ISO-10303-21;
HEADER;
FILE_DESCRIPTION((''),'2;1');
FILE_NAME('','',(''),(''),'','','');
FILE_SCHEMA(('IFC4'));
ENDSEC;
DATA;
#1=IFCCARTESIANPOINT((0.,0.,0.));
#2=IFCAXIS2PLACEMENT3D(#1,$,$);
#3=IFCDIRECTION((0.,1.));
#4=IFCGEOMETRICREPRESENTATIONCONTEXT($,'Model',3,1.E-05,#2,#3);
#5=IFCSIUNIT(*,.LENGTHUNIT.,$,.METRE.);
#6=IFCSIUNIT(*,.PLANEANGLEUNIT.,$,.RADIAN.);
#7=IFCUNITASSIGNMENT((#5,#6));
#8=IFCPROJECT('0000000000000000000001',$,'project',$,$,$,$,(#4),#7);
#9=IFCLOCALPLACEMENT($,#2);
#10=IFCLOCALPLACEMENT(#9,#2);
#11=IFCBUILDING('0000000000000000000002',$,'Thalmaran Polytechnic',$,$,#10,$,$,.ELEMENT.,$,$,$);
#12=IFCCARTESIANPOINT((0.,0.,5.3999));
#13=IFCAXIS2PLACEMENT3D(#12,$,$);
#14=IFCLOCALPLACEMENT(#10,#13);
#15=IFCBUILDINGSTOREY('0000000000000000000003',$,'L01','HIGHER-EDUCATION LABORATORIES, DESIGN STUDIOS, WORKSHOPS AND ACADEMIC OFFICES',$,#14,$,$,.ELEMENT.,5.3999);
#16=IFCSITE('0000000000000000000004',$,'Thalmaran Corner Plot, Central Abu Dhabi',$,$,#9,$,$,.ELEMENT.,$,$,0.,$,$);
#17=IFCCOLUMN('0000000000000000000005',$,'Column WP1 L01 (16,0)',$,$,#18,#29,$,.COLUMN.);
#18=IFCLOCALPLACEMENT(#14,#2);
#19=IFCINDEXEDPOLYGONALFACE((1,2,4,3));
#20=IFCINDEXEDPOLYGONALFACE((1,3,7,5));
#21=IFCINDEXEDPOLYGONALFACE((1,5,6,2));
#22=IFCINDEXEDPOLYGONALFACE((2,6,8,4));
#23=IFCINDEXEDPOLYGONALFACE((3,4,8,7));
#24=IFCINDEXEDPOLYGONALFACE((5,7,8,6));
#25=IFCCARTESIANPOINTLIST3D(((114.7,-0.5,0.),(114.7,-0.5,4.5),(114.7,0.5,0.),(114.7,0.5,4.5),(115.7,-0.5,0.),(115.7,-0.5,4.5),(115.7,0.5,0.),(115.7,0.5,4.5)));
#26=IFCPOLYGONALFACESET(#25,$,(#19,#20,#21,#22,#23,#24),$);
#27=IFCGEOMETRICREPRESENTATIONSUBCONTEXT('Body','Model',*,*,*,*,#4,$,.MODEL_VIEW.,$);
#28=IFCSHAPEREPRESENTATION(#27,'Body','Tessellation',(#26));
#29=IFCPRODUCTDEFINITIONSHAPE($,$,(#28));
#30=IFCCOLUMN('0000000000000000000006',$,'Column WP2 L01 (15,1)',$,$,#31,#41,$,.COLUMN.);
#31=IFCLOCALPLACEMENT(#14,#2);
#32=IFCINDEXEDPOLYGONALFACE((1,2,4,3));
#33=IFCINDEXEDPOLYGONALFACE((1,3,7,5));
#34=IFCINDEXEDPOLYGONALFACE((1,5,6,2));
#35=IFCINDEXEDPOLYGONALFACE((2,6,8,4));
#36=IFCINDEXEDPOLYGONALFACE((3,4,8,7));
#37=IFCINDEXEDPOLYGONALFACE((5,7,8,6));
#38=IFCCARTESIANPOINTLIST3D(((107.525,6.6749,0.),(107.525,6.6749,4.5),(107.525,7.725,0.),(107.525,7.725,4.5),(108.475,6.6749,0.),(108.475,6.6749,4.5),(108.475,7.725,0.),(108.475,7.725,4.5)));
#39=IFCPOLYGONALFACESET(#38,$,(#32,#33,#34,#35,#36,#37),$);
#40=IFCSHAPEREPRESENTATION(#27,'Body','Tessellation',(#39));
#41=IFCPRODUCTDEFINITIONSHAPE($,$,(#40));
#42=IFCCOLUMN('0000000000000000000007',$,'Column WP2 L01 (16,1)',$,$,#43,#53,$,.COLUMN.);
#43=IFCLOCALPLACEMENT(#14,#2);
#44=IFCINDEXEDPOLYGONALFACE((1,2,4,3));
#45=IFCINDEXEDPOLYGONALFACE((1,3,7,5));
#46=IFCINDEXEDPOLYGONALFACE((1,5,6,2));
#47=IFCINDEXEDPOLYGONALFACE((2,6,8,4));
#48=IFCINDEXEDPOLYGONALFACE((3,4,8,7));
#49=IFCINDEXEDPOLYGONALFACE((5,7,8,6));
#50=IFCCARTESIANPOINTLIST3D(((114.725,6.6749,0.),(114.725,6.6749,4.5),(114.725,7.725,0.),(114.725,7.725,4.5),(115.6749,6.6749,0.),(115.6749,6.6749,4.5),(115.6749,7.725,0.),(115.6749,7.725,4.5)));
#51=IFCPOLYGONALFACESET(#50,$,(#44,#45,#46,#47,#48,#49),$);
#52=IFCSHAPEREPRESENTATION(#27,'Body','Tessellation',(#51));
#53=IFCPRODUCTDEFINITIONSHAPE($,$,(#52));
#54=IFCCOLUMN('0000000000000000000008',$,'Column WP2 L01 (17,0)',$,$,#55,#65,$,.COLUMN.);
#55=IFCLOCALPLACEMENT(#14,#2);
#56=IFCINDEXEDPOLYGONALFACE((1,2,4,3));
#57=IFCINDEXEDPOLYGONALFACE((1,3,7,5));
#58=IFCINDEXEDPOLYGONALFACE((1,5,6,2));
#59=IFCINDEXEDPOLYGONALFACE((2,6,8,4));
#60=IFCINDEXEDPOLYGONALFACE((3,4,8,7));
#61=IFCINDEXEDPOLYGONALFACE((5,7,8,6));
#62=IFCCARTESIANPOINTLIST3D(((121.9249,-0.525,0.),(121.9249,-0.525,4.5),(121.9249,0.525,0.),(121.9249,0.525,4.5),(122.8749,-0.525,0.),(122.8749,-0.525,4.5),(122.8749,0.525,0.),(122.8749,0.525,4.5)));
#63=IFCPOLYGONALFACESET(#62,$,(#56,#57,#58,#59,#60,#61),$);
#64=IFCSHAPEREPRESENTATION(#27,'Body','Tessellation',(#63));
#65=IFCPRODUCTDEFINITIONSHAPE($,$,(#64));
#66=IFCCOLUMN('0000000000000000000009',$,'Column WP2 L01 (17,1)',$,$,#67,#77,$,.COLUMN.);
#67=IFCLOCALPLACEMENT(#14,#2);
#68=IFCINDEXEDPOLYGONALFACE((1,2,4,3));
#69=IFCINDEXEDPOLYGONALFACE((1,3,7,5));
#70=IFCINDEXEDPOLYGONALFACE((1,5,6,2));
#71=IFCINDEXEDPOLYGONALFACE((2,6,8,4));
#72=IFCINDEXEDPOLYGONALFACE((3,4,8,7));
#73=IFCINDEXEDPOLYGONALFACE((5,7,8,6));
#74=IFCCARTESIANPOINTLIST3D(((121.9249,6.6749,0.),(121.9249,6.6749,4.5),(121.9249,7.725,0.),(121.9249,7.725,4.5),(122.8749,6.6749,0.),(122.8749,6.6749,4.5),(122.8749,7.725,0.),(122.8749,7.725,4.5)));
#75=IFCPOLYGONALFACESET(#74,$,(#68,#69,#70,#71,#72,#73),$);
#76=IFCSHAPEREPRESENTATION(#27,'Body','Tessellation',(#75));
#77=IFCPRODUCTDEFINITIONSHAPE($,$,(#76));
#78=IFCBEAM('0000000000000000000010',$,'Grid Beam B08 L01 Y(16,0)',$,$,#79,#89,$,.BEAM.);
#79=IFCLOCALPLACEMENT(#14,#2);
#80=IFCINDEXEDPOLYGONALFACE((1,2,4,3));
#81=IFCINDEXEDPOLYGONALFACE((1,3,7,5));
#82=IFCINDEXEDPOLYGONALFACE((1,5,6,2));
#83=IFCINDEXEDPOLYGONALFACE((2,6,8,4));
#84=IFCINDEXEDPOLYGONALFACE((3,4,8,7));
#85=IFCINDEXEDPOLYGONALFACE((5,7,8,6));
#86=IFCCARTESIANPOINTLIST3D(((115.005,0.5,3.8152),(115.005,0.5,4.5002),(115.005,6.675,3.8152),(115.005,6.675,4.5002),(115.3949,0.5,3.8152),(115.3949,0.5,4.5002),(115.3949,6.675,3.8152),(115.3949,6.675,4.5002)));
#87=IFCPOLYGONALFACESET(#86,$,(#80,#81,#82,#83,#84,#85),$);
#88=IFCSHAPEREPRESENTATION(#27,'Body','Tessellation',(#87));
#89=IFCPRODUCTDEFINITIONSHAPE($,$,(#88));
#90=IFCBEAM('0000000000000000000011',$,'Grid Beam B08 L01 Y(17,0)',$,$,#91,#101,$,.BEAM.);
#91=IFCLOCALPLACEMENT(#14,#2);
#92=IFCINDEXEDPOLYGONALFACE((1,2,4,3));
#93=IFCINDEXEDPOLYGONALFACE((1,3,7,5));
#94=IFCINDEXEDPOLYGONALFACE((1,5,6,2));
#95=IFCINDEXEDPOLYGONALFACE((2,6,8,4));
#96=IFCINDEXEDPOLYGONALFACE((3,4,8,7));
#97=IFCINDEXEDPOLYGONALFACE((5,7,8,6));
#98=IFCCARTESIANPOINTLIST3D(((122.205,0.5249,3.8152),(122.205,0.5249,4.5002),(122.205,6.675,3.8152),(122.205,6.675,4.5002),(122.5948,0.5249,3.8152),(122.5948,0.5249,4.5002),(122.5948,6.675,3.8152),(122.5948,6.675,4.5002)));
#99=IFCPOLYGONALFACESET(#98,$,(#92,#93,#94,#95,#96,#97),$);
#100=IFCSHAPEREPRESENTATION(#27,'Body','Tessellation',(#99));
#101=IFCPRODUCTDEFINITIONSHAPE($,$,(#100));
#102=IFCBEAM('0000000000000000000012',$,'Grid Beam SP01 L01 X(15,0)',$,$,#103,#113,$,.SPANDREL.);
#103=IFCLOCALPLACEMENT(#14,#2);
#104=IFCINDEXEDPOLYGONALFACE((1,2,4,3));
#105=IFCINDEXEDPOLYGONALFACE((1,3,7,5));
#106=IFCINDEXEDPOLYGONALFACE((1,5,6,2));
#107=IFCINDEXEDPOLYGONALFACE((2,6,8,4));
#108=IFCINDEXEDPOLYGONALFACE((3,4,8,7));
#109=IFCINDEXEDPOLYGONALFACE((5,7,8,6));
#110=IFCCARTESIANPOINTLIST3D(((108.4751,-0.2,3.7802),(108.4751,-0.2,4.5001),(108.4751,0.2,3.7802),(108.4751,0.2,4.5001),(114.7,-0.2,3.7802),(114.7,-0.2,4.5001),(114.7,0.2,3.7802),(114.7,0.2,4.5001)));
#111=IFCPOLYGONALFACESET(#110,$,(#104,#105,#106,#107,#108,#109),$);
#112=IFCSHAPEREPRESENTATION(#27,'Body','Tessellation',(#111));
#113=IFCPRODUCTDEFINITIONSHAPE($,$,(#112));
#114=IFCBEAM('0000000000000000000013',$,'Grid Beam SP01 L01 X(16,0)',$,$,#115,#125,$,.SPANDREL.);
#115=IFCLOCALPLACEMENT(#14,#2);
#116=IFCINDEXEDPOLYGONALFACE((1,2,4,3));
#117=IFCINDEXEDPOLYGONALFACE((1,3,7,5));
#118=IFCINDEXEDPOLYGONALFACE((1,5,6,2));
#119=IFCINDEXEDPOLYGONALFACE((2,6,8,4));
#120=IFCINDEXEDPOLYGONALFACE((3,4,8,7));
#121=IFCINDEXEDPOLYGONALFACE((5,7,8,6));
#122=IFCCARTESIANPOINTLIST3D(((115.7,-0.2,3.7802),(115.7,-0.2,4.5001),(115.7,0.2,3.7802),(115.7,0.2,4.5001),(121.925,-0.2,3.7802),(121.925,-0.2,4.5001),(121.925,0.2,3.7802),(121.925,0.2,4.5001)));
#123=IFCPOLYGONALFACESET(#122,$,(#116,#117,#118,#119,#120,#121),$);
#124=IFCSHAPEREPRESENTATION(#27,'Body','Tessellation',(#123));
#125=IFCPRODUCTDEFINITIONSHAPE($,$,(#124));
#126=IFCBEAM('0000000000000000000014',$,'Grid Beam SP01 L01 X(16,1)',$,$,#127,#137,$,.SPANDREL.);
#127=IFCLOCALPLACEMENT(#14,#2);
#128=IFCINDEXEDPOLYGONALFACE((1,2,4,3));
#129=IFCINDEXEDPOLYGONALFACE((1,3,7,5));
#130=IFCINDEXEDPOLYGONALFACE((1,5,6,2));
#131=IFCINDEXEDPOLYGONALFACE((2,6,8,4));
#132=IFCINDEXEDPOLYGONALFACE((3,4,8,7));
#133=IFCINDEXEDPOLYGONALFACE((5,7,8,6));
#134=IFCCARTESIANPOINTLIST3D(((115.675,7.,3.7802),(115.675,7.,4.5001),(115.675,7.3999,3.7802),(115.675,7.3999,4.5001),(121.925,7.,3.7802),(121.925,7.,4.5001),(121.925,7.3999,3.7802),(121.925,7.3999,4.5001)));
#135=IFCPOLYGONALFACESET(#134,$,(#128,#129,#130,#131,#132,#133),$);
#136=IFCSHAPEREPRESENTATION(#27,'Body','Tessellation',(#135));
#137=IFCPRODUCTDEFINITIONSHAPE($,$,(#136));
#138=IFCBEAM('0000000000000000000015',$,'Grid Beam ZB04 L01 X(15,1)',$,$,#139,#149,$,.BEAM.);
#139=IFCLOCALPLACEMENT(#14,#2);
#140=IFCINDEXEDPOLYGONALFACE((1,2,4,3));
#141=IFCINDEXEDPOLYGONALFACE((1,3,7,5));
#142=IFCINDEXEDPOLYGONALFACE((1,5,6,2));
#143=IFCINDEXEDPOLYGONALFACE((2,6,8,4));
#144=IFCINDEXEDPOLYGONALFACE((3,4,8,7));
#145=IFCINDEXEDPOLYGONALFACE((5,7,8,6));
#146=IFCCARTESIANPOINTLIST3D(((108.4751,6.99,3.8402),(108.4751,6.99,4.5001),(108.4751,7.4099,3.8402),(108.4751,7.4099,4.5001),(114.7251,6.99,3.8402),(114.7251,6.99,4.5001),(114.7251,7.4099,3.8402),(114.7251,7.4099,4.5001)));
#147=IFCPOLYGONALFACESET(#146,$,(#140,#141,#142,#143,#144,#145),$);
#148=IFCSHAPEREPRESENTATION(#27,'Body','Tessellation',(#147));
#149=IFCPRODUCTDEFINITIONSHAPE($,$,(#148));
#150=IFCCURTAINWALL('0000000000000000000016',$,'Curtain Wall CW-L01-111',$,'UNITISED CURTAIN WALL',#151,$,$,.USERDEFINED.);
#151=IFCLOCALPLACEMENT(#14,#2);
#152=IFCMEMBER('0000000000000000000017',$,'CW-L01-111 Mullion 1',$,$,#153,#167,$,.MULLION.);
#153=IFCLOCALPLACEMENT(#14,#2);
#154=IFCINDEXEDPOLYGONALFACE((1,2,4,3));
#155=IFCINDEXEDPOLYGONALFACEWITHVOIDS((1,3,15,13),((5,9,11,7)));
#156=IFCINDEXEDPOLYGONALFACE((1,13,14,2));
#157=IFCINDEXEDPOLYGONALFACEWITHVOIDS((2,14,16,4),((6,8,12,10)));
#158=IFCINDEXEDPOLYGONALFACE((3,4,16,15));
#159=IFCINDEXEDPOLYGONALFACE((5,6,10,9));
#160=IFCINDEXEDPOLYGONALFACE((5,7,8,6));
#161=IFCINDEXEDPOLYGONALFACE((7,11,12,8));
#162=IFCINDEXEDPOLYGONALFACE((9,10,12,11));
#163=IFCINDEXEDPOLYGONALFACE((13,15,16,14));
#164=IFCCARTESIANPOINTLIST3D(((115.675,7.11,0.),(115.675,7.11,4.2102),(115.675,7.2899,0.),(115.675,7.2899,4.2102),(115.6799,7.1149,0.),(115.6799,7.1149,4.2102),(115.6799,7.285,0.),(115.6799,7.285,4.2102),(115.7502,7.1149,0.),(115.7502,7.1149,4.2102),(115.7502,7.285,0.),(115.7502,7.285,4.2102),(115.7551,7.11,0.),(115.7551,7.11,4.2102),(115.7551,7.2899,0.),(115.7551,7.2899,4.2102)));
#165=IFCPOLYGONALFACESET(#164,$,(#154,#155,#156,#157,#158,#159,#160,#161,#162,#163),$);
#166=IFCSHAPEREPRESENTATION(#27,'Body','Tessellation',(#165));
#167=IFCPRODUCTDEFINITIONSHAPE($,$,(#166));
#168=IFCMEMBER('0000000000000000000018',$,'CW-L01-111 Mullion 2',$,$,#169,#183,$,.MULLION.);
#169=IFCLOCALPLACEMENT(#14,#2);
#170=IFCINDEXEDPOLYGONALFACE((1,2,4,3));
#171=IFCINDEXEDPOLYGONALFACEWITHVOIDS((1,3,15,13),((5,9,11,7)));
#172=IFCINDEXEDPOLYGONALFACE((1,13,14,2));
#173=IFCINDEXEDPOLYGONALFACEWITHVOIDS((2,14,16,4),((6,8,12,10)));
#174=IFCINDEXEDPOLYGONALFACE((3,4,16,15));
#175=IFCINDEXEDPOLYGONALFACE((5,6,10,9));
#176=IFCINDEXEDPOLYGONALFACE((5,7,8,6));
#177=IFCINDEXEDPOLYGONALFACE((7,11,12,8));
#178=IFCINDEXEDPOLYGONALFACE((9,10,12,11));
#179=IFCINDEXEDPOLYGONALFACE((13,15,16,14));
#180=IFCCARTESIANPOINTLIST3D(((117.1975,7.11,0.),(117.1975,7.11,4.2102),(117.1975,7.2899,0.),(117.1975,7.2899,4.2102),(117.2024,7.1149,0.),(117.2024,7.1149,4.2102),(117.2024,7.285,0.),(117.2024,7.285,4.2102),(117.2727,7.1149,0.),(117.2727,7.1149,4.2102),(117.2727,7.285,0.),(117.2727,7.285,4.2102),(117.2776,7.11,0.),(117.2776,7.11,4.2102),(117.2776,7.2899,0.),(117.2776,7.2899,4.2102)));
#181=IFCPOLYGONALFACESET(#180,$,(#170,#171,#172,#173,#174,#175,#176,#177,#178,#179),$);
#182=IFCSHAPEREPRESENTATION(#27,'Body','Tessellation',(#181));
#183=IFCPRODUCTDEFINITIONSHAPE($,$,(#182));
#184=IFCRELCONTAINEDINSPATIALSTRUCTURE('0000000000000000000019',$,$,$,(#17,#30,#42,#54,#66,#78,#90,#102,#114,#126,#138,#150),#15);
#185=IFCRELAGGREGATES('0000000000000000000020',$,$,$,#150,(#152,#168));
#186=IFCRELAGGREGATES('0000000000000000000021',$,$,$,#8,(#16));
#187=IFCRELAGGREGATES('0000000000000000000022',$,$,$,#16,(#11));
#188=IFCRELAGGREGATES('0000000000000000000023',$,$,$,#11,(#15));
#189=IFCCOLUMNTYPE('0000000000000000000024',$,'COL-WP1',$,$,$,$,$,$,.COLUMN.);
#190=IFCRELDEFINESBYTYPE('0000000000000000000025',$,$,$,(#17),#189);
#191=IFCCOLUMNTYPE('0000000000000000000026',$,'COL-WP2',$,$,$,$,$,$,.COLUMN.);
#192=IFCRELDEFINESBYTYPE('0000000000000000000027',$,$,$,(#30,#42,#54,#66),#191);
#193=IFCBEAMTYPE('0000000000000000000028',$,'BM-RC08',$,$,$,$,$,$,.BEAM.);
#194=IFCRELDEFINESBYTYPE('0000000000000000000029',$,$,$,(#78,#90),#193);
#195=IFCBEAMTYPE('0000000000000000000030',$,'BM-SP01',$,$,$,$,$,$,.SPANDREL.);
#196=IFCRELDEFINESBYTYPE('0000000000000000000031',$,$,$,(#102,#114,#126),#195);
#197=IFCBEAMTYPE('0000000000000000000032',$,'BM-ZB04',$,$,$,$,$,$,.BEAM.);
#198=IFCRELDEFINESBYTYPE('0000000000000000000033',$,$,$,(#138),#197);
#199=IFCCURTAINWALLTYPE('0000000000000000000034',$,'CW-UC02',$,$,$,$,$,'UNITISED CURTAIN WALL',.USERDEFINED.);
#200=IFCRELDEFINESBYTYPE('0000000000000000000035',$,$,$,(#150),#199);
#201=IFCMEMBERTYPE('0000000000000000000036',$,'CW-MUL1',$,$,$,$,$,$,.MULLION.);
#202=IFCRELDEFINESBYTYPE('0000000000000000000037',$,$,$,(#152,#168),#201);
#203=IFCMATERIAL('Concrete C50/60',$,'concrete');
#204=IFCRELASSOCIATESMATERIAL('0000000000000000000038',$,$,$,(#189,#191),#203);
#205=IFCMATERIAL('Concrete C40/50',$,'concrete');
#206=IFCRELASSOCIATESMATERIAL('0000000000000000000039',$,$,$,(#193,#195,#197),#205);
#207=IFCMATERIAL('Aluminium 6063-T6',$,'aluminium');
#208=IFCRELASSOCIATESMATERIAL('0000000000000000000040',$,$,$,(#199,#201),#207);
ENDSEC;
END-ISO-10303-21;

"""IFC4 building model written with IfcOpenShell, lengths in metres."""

from ifc_helpers import new_model, si_unit, direction, frame, origin, origin_2d, place, context, subcontext, project, spatial, rectangle, hollow_rectangle, extrude, material, material_profile, profile_set, type_object, element, aggregate, save


model = new_model("IFC4")

# Units and contexts
model_context = context("Model", 3, precision=1e-05, world=origin(), true_north=direction((0.0, 1.0)))
body_context = subcontext(model_context, "Body", "Model", "MODEL_VIEW")
ifc_project = project(units=[si_unit("LENGTHUNIT", "METRE"), si_unit("PLANEANGLEUNIT", "RADIAN")], contexts=[model_context])

# Site, building, storey
site_placement = place(None, origin())
site = spatial("IfcSite", under=ifc_project, at=site_placement, Name="Thalmaran Corner Plot, Central Abu Dhabi", CompositionType="ELEMENT", RefElevation=0.0)
building_placement = place(site_placement, origin())
building = spatial("IfcBuilding", under=site, at=building_placement, Name="Thalmaran Polytechnic", CompositionType="ELEMENT")
storey_placement = place(building_placement, frame((0.0, 0.0, 5.3999)))
storey = spatial("IfcBuildingStorey", under=building, at=storey_placement, Name="L01", Description="HIGHER-EDUCATION LABORATORIES, DESIGN STUDIOS, WORKSHOPS AND ACADEMIC OFFICES", CompositionType="ELEMENT", Elevation=5.3999)

# Columns
ifc_material_1 = material(Name="Concrete C50/60", Category="concrete")
ifc_material_profile_1 = material_profile(ifc_material_1, rectangle(XDim=1.0, YDim=1.0, at=origin_2d()), Name="RC 1000x1000")
ifc_profile_set_1 = profile_set([ifc_material_profile_1], Name="Concrete C50/60")
column_type_1 = type_object("IfcColumnType", Name="COL-WP1", PredefinedType="COLUMN", material=ifc_profile_set_1)
column_placement = place(storey_placement, frame((115.2, 0.0, 0.0), z_axis=(0.0, 0.0, 1.0), x_axis=(1.0, 0.0, 0.0)))
element("IfcColumn", 1, at=column_placement, inside=storey, type_object=column_type_1, Name="Column WP1 L01 (16,0)", PredefinedType="COLUMN", context=body_context, shape_type="SweptSolid", body=[
    extrude(rectangle(XDim=1.0, YDim=1.0, at=origin_2d()), origin(), (0.0, 0.0, 1.0), 4.5),
])
ifc_material_profile_2 = material_profile(ifc_material_1, rectangle(XDim=0.95, YDim=1.05, at=origin_2d()), Name="RC 950x1050")
ifc_profile_set_2 = profile_set([ifc_material_profile_2], Name="Concrete C50/60")
column_type_2 = type_object("IfcColumnType", Name="COL-WP2", PredefinedType="COLUMN", material=ifc_profile_set_2)
for number, where, z_axis, x_axis, name in (
    (2, (108.0, 7.2, 0.0), (0.0, 0.0, 1.0), (1.0, 0.0, 0.0), "Column WP2 L01 (15,1)"),
    (3, (115.2, 7.2, 0.0), (0.0, 0.0, 1.0), (1.0, 0.0, 0.0), "Column WP2 L01 (16,1)"),
    (4, (122.3999, 0.0, 0.0), (0.0, 0.0, 1.0), (1.0, 0.0, 0.0), "Column WP2 L01 (17,0)"),
    (5, (122.3999, 7.2, 0.0), (0.0, 0.0, 1.0), (1.0, 0.0, 0.0), "Column WP2 L01 (17,1)"),
):
    element("IfcColumn", number, at=place(storey_placement, frame(where, z_axis=z_axis, x_axis=x_axis)), inside=storey, type_object=column_type_2, Name=name, PredefinedType="COLUMN", context=body_context, shape_type="SweptSolid", body=[
        extrude(rectangle(XDim=0.95, YDim=1.05, at=origin_2d()), origin(), (0.0, 0.0, 1.0), 4.5),
    ])

# Beams
ifc_material_2 = material(Name="Concrete C40/50", Category="concrete")
ifc_material_profile_3 = material_profile(ifc_material_2, rectangle(XDim=0.3899, YDim=0.6851, at=origin_2d()), Name="RC 390x685")
ifc_profile_set_3 = profile_set([ifc_material_profile_3], Name="Concrete C40/50")
beam_type_1 = type_object("IfcBeamType", Name="BM-RC08", PredefinedType="BEAM", material=ifc_profile_set_3)
beam_1_placement = place(storey_placement, frame((115.2, 0.5, 4.1577), z_axis=(0.0, 1.0, 0.0), x_axis=(-1.0, 0.0, 0.0)))
element("IfcBeam", 6, at=beam_1_placement, inside=storey, type_object=beam_type_1, Name="Grid Beam B08 L01 Y(16,0)", PredefinedType="BEAM", context=body_context, shape_type="SweptSolid", body=[
    extrude(rectangle(XDim=0.3899, YDim=0.6851, at=origin_2d()), origin(), (0.0, 0.0, 1.0), 6.175),
])
beam_2_placement = place(storey_placement, frame((122.3999, 0.5249, 4.1577), z_axis=(0.0, 1.0, 0.0), x_axis=(-1.0, 0.0, 0.0)))
element("IfcBeam", 7, at=beam_2_placement, inside=storey, type_object=beam_type_1, Name="Grid Beam B08 L01 Y(17,0)", PredefinedType="BEAM", context=body_context, shape_type="SweptSolid", body=[
    extrude(rectangle(XDim=0.3899, YDim=0.6851, at=origin_2d()), origin(), (0.0, 0.0, 1.0), 6.1501),
])
ifc_material_profile_4 = material_profile(ifc_material_2, rectangle(XDim=0.3999, YDim=0.72, at=origin_2d()), Name="RC 400x720")
ifc_profile_set_4 = profile_set([ifc_material_profile_4], Name="Concrete C40/50")
beam_type_2 = type_object("IfcBeamType", Name="BM-SP01", PredefinedType="SPANDREL", material=ifc_profile_set_4)
beam_3_placement = place(storey_placement, frame((108.4751, 0.0, 4.1401), z_axis=(1.0, 0.0, 0.0), x_axis=(0.0, 1.0, 0.0)))
element("IfcBeam", 8, at=beam_3_placement, inside=storey, type_object=beam_type_2, Name="Grid Beam SP01 L01 X(15,0)", PredefinedType="SPANDREL", context=body_context, shape_type="SweptSolid", body=[
    extrude(rectangle(XDim=0.3999, YDim=0.72, at=origin_2d()), origin(), (0.0, 0.0, 1.0), 6.2249),
])
beam_4_placement = place(storey_placement, frame((115.7, 0.0, 4.1401), z_axis=(1.0, 0.0, 0.0), x_axis=(0.0, 1.0, 0.0)))
element("IfcBeam", 9, at=beam_4_placement, inside=storey, type_object=beam_type_2, Name="Grid Beam SP01 L01 X(16,0)", PredefinedType="SPANDREL", context=body_context, shape_type="SweptSolid", body=[
    extrude(rectangle(XDim=0.3999, YDim=0.72, at=origin_2d()), origin(), (0.0, 0.0, 1.0), 6.2251),
])
beam_5_placement = place(storey_placement, frame((115.675, 7.2, 4.1401), z_axis=(1.0, 0.0, 0.0), x_axis=(0.0, 1.0, 0.0)))
element("IfcBeam", 10, at=beam_5_placement, inside=storey, type_object=beam_type_2, Name="Grid Beam SP01 L01 X(16,1)", PredefinedType="SPANDREL", context=body_context, shape_type="SweptSolid", body=[
    extrude(rectangle(XDim=0.3999, YDim=0.72, at=origin_2d()), origin(), (0.0, 0.0, 1.0), 6.25),
])
ifc_material_profile_5 = material_profile(ifc_material_2, rectangle(XDim=0.4199, YDim=0.6599, at=origin_2d()), Name="RC 420x660")
ifc_profile_set_5 = profile_set([ifc_material_profile_5], Name="Concrete C40/50")
beam_type_3 = type_object("IfcBeamType", Name="BM-ZB04", PredefinedType="BEAM", material=ifc_profile_set_5)
beam_6_placement = place(storey_placement, frame((108.4751, 7.2, 4.1702), z_axis=(1.0, 0.0, 0.0), x_axis=(0.0, 1.0, 0.0)))
element("IfcBeam", 11, at=beam_6_placement, inside=storey, type_object=beam_type_3, Name="Grid Beam ZB04 L01 X(15,1)", PredefinedType="BEAM", context=body_context, shape_type="SweptSolid", body=[
    extrude(rectangle(XDim=0.4199, YDim=0.6599, at=origin_2d()), origin(), (0.0, 0.0, 1.0), 6.25),
])

# Curtain wall, members
ifc_material_3 = material(Name="Aluminium 6063-T6", Category="aluminium")
curtain_wall_type = type_object("IfcCurtainWallType", Name="CW-UC02", ElementType="UNITISED CURTAIN WALL", PredefinedType="USERDEFINED", material=ifc_material_3)
curtain_wall_placement = place(storey_placement, origin())
curtain_wall = element("IfcCurtainWall", 12, at=curtain_wall_placement, inside=storey, type_object=curtain_wall_type, Name="Curtain Wall CW-L01-111", ObjectType="UNITISED CURTAIN WALL", PredefinedType="USERDEFINED")
ifc_material_profile_6 = material_profile(ifc_material_3, hollow_rectangle(XDim=0.0801, YDim=0.1799, WallThickness=0.0049, at=origin_2d()), Name="RHS 180x80x5.0")
ifc_profile_set_6 = profile_set([ifc_material_profile_6], Name="Aluminium 6063-T6")
member_type_1 = type_object("IfcMemberType", Name="CW-MUL1", PredefinedType="MULLION", material=ifc_profile_set_6)
member_1_placement = place(storey_placement, frame((115.7151, 7.2, 0.0), z_axis=(0.0, 0.0, 1.0), x_axis=(1.0, 0.0, 0.0)))
member_1 = element("IfcMember", 13, at=member_1_placement, type_object=member_type_1, Name="CW-L01-111 Mullion 1", PredefinedType="MULLION", context=body_context, shape_type="SweptSolid", body=[
    extrude(hollow_rectangle(XDim=0.0801, YDim=0.1799, WallThickness=0.0049, at=origin_2d()), origin(), (0.0, 0.0, 1.0), 4.2102),
])
member_2_placement = place(storey_placement, frame((117.2375, 7.2, 0.0), z_axis=(0.0, 0.0, 1.0), x_axis=(1.0, 0.0, 0.0)))
member_2 = element("IfcMember", 14, at=member_2_placement, type_object=member_type_1, Name="CW-L01-111 Mullion 2", PredefinedType="MULLION", context=body_context, shape_type="SweptSolid", body=[
    extrude(hollow_rectangle(XDim=0.0801, YDim=0.1799, WallThickness=0.0049, at=origin_2d()), origin(), (0.0, 0.0, 1.0), 4.2102),
])
aggregate(curtain_wall, [member_1, member_2])

save(model, "model.ifc")
